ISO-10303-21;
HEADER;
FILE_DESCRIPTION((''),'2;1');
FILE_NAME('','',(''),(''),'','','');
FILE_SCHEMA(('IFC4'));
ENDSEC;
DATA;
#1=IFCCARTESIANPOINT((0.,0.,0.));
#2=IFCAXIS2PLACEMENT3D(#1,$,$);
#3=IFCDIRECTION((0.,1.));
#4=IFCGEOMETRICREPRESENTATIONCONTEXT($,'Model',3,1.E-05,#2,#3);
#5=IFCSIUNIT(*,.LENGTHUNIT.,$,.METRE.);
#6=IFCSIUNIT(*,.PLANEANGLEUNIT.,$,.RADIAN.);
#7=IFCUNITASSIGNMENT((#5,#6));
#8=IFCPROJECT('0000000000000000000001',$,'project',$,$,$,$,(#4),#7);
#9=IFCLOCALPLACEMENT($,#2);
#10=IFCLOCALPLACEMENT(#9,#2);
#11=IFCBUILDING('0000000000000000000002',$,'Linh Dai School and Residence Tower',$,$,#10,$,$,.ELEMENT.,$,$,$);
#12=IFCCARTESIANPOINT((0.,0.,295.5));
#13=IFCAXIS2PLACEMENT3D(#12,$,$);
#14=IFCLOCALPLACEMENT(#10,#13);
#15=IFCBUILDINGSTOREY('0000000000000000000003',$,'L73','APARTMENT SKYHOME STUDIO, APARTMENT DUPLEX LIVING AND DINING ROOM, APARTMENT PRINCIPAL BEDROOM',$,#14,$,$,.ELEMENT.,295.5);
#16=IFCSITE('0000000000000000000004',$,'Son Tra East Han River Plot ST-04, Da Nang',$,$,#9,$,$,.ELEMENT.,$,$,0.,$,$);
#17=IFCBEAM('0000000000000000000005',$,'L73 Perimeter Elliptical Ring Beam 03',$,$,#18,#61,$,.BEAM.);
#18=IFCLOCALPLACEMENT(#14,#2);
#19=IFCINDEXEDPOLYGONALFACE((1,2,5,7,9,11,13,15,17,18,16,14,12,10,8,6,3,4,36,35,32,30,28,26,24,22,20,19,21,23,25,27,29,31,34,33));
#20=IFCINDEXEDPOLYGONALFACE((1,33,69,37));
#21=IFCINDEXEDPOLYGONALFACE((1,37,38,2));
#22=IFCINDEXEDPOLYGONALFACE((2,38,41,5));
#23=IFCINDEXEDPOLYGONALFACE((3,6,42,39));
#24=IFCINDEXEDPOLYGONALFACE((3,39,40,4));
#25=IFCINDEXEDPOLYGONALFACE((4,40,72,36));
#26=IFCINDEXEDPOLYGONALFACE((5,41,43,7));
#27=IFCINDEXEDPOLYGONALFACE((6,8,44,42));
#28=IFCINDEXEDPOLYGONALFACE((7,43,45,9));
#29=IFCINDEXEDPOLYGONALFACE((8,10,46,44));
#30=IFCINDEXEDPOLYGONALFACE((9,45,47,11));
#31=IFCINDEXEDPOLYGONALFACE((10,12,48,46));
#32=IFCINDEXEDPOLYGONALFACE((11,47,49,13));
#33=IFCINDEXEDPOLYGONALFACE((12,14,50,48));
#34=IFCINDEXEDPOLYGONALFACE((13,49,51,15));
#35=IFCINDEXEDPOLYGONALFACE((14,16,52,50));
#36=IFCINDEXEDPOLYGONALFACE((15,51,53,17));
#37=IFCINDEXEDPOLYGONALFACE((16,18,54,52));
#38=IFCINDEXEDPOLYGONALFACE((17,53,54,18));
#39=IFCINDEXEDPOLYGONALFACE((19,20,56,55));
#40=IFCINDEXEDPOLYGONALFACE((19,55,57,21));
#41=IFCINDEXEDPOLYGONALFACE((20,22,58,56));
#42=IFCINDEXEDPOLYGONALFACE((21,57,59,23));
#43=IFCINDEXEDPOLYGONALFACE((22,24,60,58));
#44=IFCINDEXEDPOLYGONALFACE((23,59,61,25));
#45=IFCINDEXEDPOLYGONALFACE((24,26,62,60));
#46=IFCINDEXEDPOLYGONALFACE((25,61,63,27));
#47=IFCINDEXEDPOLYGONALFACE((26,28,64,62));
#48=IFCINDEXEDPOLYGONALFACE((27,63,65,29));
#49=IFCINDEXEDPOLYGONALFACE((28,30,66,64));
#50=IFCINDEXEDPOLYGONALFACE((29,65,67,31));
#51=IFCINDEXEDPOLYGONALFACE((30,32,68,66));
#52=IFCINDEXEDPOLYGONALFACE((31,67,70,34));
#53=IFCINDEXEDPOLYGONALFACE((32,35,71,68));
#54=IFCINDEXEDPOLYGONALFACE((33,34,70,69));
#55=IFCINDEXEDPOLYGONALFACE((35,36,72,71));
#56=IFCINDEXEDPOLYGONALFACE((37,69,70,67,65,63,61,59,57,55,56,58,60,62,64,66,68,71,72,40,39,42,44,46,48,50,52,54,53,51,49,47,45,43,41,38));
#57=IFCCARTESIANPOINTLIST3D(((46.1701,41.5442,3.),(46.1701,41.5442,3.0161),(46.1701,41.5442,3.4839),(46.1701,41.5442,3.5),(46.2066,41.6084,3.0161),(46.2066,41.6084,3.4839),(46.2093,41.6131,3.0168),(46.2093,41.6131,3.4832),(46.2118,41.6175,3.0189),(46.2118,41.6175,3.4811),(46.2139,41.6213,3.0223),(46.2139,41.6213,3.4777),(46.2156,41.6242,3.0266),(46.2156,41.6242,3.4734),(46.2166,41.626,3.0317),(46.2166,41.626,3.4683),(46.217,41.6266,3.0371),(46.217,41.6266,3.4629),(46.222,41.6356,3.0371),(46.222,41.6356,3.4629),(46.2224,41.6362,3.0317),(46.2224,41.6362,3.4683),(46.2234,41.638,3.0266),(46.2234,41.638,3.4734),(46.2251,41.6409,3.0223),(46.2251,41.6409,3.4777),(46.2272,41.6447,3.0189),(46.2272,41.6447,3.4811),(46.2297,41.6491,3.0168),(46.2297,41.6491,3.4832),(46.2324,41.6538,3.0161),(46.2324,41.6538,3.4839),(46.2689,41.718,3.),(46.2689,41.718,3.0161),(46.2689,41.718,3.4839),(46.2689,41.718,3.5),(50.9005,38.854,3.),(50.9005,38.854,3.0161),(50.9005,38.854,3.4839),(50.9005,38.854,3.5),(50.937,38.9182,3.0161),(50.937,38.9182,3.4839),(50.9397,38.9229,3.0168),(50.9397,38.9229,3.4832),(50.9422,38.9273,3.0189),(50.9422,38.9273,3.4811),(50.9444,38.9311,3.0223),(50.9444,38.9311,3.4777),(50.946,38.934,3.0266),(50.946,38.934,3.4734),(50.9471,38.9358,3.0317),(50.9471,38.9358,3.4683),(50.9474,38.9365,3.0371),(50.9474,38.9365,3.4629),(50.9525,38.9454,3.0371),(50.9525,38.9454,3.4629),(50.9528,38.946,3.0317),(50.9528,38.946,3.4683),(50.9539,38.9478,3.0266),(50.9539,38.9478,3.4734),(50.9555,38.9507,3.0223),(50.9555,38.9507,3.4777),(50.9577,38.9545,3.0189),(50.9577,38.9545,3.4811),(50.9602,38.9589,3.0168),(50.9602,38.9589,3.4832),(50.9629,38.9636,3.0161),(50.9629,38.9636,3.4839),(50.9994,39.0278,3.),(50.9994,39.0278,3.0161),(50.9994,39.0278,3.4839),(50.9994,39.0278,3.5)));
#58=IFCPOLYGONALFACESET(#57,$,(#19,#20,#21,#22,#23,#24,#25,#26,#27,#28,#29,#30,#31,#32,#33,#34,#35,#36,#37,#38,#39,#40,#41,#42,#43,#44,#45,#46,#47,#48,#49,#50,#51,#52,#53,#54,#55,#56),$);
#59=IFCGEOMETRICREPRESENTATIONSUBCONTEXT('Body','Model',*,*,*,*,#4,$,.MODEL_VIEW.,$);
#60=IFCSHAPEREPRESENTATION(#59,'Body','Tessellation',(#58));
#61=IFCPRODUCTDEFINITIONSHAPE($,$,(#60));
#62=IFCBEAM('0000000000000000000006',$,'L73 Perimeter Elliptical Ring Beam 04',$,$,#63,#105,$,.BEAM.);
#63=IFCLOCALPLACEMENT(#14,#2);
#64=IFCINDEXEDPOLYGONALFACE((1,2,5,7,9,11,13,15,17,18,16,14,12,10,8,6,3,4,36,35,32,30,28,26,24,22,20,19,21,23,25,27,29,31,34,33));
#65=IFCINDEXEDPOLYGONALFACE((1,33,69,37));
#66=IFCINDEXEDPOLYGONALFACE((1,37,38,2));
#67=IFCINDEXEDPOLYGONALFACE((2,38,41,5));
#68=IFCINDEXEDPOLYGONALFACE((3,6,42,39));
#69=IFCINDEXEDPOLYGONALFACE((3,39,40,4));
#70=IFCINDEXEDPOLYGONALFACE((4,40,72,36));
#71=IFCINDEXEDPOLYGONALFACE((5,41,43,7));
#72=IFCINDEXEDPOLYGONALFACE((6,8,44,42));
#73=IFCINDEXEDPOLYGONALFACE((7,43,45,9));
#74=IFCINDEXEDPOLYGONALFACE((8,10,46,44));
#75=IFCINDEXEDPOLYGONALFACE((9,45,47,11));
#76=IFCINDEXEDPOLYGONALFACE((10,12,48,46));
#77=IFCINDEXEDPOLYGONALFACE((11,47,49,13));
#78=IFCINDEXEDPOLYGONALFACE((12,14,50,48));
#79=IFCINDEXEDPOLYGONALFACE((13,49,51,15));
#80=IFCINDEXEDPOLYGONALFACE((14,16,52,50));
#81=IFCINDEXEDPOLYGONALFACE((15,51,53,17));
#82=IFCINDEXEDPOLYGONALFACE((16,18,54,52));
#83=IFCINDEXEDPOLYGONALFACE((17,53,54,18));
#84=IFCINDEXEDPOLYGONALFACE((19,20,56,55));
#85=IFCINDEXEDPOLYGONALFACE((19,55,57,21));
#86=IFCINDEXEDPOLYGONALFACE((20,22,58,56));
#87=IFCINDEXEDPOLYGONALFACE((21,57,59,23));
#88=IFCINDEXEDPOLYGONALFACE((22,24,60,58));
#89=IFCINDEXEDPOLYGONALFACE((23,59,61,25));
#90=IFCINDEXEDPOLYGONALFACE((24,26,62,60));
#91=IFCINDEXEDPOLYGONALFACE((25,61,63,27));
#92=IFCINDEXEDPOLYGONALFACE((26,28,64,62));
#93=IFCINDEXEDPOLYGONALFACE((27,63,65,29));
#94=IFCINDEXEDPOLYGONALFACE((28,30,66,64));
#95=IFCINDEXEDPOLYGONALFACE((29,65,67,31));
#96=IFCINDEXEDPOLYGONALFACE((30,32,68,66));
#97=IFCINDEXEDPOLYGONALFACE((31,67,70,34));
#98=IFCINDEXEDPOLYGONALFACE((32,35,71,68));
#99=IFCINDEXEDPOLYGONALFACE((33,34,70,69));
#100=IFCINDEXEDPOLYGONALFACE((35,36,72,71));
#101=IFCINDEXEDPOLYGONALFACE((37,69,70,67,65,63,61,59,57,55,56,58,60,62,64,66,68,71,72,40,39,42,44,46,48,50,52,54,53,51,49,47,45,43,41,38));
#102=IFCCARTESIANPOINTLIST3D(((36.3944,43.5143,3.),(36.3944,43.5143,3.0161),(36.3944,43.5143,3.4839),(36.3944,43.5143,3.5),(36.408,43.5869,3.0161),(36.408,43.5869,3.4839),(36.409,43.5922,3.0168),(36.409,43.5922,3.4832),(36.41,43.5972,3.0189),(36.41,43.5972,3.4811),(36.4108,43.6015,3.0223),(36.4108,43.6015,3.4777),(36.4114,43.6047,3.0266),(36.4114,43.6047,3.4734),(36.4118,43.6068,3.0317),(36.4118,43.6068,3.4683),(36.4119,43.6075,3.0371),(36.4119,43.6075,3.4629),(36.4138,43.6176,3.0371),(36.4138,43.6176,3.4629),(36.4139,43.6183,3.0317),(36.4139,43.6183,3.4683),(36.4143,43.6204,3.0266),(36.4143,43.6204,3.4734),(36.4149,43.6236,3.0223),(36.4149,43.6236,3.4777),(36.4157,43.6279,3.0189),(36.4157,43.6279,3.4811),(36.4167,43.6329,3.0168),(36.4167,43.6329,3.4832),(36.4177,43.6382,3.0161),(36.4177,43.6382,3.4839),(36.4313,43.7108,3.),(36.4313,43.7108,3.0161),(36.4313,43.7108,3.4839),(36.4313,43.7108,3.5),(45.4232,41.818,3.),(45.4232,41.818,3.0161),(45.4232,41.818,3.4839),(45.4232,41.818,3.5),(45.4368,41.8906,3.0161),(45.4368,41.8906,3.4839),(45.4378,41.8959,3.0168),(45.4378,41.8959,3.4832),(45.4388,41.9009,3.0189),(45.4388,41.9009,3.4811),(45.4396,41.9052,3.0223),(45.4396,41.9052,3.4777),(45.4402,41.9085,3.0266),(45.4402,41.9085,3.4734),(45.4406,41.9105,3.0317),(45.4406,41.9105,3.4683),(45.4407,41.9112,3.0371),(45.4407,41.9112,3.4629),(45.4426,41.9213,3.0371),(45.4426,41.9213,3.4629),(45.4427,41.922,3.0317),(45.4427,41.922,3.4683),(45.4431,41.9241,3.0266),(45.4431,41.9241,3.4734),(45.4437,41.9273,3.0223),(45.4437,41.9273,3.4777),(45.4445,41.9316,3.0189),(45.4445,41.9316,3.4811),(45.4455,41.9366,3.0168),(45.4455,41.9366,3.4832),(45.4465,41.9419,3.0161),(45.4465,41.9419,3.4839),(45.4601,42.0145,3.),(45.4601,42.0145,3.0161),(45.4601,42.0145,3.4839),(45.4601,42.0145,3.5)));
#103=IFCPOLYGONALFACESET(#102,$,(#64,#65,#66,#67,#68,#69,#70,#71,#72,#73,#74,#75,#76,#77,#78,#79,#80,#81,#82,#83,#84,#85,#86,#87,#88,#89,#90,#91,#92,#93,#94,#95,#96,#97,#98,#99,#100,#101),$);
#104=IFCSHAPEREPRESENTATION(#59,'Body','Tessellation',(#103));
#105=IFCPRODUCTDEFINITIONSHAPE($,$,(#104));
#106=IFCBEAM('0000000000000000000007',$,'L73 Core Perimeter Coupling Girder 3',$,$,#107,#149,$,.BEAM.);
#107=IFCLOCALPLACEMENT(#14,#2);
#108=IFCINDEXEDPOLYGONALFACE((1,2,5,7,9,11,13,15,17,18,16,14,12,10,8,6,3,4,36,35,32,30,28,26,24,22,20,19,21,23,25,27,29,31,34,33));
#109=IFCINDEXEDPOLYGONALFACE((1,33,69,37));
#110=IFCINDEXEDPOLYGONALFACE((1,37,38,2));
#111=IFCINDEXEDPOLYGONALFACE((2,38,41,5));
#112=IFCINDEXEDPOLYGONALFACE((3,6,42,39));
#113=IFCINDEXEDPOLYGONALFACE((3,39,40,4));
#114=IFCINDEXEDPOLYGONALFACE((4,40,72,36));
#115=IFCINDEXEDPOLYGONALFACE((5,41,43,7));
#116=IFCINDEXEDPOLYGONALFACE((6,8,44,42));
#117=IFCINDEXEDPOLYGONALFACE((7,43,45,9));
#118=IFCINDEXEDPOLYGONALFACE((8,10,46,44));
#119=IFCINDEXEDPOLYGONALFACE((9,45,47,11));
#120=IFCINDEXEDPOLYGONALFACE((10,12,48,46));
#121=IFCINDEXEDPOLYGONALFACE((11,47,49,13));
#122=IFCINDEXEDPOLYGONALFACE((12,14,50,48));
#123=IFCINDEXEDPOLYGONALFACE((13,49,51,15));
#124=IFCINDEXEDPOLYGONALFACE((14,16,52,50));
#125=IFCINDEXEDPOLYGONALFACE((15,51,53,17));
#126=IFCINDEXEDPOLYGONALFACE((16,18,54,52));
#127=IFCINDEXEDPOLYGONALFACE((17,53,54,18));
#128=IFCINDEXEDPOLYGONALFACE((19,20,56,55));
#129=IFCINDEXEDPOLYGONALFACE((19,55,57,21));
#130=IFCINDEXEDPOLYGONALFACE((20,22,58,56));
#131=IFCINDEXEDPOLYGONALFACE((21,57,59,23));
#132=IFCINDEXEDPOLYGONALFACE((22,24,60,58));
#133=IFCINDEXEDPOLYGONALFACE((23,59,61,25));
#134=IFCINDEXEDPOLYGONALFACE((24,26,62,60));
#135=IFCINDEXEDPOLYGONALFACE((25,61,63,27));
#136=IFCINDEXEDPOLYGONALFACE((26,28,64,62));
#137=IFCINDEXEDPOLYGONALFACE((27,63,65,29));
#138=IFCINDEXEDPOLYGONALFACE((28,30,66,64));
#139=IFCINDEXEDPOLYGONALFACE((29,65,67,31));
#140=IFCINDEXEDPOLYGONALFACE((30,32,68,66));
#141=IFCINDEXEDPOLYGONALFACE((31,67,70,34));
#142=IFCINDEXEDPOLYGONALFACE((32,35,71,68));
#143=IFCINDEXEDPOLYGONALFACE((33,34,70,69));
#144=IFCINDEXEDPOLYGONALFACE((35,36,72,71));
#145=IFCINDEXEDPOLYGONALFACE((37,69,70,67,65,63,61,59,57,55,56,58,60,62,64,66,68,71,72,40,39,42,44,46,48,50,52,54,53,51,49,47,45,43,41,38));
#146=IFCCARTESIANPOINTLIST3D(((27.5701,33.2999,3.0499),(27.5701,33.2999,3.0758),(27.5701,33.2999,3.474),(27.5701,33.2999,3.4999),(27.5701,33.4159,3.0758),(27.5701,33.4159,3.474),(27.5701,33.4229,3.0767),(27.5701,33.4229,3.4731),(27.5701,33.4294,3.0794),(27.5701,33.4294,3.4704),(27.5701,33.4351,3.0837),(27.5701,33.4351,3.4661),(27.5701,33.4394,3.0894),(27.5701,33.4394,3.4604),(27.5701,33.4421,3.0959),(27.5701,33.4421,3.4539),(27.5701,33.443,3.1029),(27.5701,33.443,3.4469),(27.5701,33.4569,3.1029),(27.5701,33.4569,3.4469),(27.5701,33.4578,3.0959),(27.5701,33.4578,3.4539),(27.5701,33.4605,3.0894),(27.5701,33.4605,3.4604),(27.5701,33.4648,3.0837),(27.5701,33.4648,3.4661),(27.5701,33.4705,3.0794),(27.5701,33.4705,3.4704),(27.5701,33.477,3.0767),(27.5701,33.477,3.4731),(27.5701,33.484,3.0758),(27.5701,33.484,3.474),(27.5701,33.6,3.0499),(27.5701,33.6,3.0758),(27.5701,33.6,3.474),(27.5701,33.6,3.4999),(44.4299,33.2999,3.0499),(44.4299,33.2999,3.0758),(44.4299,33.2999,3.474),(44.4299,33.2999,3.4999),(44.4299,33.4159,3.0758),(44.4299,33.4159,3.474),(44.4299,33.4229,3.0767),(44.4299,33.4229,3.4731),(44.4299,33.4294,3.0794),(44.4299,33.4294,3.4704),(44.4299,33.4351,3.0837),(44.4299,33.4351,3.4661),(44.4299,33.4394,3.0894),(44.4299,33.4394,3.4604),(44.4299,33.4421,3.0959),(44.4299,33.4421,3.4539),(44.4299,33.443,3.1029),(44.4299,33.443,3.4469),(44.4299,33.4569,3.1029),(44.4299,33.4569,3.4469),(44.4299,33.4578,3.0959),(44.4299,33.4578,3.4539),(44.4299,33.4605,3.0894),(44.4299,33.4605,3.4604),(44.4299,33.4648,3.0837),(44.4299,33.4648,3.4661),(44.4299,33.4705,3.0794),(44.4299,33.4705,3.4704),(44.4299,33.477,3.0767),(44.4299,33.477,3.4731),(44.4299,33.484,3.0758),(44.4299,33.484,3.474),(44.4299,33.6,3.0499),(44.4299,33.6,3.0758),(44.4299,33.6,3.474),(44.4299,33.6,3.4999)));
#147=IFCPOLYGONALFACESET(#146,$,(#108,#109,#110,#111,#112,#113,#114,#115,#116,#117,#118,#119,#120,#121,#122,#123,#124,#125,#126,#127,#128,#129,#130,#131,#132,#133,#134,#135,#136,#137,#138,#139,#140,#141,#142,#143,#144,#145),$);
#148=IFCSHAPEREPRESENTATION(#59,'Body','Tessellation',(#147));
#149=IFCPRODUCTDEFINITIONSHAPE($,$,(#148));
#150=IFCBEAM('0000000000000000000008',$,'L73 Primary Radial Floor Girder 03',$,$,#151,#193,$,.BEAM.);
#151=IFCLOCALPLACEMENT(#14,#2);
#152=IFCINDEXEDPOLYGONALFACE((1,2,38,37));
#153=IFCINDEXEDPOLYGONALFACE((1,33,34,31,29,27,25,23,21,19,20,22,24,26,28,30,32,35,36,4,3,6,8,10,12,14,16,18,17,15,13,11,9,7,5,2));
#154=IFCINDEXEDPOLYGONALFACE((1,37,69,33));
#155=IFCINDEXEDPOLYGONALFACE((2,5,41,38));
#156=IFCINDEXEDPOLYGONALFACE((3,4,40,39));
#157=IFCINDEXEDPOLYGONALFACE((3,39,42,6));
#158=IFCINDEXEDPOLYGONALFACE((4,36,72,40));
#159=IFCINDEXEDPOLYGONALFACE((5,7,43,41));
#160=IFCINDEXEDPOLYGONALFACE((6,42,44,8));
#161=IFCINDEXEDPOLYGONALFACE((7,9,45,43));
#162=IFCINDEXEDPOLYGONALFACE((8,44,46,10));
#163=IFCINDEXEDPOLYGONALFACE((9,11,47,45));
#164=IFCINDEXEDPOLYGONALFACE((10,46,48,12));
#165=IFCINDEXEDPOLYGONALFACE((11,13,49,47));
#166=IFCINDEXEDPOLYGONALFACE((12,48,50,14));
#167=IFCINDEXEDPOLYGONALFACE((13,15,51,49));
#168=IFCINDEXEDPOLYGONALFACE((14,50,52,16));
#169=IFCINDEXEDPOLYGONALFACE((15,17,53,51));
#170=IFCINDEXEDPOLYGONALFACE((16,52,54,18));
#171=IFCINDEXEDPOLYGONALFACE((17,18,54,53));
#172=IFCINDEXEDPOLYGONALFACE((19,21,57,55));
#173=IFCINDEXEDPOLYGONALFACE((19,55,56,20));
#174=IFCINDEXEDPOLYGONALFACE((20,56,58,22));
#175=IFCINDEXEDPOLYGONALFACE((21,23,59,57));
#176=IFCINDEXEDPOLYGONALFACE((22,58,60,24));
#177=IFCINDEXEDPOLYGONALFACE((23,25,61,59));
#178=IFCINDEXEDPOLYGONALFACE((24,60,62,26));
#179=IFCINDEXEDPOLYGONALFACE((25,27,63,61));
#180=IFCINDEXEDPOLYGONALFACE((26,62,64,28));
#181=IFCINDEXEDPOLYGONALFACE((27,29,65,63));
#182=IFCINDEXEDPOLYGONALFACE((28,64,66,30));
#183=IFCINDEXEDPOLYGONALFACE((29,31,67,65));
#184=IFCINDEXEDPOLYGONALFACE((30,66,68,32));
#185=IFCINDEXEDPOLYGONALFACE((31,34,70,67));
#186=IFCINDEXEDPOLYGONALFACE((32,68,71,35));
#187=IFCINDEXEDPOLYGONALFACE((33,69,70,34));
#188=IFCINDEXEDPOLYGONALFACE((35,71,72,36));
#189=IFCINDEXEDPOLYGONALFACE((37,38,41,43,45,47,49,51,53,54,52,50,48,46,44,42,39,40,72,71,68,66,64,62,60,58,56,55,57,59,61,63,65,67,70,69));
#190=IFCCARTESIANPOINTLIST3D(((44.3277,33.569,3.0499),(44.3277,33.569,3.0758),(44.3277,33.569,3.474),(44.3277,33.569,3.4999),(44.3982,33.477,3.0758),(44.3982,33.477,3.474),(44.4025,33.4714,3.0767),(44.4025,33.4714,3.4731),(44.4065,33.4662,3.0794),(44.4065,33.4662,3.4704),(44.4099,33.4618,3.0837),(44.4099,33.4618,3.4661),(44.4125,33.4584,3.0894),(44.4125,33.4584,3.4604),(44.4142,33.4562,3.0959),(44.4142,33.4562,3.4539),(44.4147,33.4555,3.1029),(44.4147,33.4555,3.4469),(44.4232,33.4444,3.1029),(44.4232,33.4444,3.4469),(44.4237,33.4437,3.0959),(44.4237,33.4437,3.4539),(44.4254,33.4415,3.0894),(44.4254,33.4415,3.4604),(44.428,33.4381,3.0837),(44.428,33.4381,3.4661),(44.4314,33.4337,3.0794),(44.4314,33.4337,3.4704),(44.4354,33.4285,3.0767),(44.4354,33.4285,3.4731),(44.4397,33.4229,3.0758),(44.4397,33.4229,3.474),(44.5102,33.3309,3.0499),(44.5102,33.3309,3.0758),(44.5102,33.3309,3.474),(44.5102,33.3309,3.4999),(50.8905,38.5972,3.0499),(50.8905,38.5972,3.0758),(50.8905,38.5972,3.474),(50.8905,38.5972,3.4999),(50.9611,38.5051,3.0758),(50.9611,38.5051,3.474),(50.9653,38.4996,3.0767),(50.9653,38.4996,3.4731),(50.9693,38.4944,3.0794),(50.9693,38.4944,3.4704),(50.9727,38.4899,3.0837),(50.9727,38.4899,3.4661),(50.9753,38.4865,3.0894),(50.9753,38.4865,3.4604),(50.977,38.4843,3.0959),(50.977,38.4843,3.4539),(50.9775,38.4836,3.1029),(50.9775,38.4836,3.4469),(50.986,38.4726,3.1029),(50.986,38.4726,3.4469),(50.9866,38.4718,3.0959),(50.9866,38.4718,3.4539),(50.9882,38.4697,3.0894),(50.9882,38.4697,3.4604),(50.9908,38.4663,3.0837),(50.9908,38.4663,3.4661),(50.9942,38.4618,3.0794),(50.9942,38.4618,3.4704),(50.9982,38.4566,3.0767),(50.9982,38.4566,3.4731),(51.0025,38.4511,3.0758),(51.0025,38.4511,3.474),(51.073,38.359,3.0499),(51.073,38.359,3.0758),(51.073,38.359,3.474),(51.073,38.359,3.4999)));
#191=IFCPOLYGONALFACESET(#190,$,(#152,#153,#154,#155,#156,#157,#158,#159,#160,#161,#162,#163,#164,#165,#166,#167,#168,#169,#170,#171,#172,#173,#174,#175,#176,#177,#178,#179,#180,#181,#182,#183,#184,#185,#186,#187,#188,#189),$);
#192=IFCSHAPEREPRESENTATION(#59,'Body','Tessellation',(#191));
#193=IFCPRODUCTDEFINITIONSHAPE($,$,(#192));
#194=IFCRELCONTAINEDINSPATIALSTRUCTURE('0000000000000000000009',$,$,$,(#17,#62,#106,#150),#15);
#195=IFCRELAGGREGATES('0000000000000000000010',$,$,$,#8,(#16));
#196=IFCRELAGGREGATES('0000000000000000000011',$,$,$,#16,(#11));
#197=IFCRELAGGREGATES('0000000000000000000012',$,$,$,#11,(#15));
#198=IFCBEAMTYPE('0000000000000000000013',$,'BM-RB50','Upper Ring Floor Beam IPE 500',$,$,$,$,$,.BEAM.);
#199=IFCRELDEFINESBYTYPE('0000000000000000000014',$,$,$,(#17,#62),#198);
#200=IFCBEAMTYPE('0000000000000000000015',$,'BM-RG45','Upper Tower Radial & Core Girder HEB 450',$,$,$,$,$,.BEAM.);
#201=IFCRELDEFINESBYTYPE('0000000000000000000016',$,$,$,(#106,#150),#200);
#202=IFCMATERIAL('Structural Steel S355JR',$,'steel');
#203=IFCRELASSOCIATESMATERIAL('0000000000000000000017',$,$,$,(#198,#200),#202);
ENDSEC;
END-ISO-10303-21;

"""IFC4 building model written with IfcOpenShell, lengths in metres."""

from ifc_helpers import new_model, si_unit, direction, frame, origin, origin_2d, place, context, subcontext, project, spatial, i_section, extrude, material, material_profile, profile_set, type_object, element, save


model = new_model("IFC4")

# Units and contexts
model_context = context("Model", 3, precision=1e-05, world=origin(), true_north=direction((0.0, 1.0)))
body_context = subcontext(model_context, "Body", "Model", "MODEL_VIEW")
ifc_project = project(units=[si_unit("LENGTHUNIT", "METRE"), si_unit("PLANEANGLEUNIT", "RADIAN")], contexts=[model_context])

# Site, building, storey
site_placement = place(None, origin())
site = spatial("IfcSite", under=ifc_project, at=site_placement, Name="Son Tra East Han River Plot ST-04, Da Nang", CompositionType="ELEMENT", RefElevation=0.0)
building_placement = place(site_placement, origin())
building = spatial("IfcBuilding", under=site, at=building_placement, Name="Linh Dai School and Residence Tower", CompositionType="ELEMENT")
storey_placement = place(building_placement, frame((0.0, 0.0, 295.5)))
storey = spatial("IfcBuildingStorey", under=building, at=storey_placement, Name="L73", Description="APARTMENT SKYHOME STUDIO, APARTMENT DUPLEX LIVING AND DINING ROOM, APARTMENT PRINCIPAL BEDROOM", CompositionType="ELEMENT", Elevation=295.5)

# Shared definitions
ifc_material_1 = material(Name="Structural Steel S355JR", Category="steel")

# Beams
ifc_material_profile_1 = material_profile(ifc_material_1, i_section(OverallWidth=0.2, OverallDepth=0.5, WebThickness=0.0103, FlangeThickness=0.0161, FilletRadius=0.021, at=origin_2d()), Name="IPE 500")
ifc_profile_set_1 = profile_set([ifc_material_profile_1], Name="Structural Steel S355JR")
beam_type_1 = type_object("IfcBeamType", Name="BM-RB50", Description="Upper Ring Floor Beam IPE 500", PredefinedType="BEAM", material=ifc_profile_set_1)
beam_1_placement = place(storey_placement, frame((50.95, 38.9409, 3.25), z_axis=(-0.869266, 0.494345, 0.0), x_axis=(-0.494345, -0.869266, 0.0)))
element("IfcBeam", 1, at=beam_1_placement, inside=storey, type_object=beam_type_1, Name="L73 Perimeter Elliptical Ring Beam 03", PredefinedType="BEAM", context=body_context, shape_type="SweptSolid", body=[
    extrude(i_section(OverallWidth=0.2, OverallDepth=0.5, WebThickness=0.0103, FlangeThickness=0.0161, FilletRadius=0.021, at=origin_2d()), origin(), (0.0, 0.0, 1.0), 5.4419),
])
beam_2_placement = place(storey_placement, frame((45.4417, 41.9163, 3.25), z_axis=(-0.982805, 0.184645, 0.0), x_axis=(-0.184645, -0.982805, 0.0)))
element("IfcBeam", 2, at=beam_2_placement, inside=storey, type_object=beam_type_1, Name="L73 Perimeter Elliptical Ring Beam 04", PredefinedType="BEAM", context=body_context, shape_type="SweptSolid", body=[
    extrude(i_section(OverallWidth=0.2, OverallDepth=0.5, WebThickness=0.0103, FlangeThickness=0.0161, FilletRadius=0.021, at=origin_2d()), origin(), (0.0, 0.0, 1.0), 9.1868),
])
ifc_material_profile_2 = material_profile(ifc_material_1, i_section(OverallWidth=0.3, OverallDepth=0.45, WebThickness=0.0139, FlangeThickness=0.0259, FilletRadius=0.0271, at=origin_2d()), Name="HEB 450")
ifc_profile_set_2 = profile_set([ifc_material_profile_2], Name="Structural Steel S355JR")
beam_type_2 = type_object("IfcBeamType", Name="BM-RG45", Description="Upper Tower Radial & Core Girder HEB 450", PredefinedType="BEAM", material=ifc_profile_set_2)
beam_3_placement = place(storey_placement, frame((44.4299, 33.45, 3.2749), z_axis=(-1.0, 0.0, 0.0), x_axis=(0.0, -1.0, 0.0)))
element("IfcBeam", 3, at=beam_3_placement, inside=storey, type_object=beam_type_2, Name="L73 Core Perimeter Coupling Girder 3", PredefinedType="BEAM", context=body_context, shape_type="SweptSolid", body=[
    extrude(i_section(OverallWidth=0.3, OverallDepth=0.45, WebThickness=0.0139, FlangeThickness=0.0259, FilletRadius=0.0271, at=origin_2d()), origin(), (0.0, 0.0, 1.0), 16.8599),
])
beam_4_placement = place(storey_placement, frame((44.4189, 33.45, 3.2749), z_axis=(0.793803, 0.608175, 0.0), x_axis=(-0.608175, 0.793803, 0.0)))
element("IfcBeam", 4, at=beam_4_placement, inside=storey, type_object=beam_type_2, Name="L73 Primary Radial Floor Girder 03", PredefinedType="BEAM", context=body_context, shape_type="SweptSolid", body=[
    extrude(i_section(OverallWidth=0.3, OverallDepth=0.45, WebThickness=0.0139, FlangeThickness=0.0259, FilletRadius=0.0271, at=origin_2d()), origin(), (0.0, 0.0, 1.0), 8.2676),
])

save(model, "model.ifc")
